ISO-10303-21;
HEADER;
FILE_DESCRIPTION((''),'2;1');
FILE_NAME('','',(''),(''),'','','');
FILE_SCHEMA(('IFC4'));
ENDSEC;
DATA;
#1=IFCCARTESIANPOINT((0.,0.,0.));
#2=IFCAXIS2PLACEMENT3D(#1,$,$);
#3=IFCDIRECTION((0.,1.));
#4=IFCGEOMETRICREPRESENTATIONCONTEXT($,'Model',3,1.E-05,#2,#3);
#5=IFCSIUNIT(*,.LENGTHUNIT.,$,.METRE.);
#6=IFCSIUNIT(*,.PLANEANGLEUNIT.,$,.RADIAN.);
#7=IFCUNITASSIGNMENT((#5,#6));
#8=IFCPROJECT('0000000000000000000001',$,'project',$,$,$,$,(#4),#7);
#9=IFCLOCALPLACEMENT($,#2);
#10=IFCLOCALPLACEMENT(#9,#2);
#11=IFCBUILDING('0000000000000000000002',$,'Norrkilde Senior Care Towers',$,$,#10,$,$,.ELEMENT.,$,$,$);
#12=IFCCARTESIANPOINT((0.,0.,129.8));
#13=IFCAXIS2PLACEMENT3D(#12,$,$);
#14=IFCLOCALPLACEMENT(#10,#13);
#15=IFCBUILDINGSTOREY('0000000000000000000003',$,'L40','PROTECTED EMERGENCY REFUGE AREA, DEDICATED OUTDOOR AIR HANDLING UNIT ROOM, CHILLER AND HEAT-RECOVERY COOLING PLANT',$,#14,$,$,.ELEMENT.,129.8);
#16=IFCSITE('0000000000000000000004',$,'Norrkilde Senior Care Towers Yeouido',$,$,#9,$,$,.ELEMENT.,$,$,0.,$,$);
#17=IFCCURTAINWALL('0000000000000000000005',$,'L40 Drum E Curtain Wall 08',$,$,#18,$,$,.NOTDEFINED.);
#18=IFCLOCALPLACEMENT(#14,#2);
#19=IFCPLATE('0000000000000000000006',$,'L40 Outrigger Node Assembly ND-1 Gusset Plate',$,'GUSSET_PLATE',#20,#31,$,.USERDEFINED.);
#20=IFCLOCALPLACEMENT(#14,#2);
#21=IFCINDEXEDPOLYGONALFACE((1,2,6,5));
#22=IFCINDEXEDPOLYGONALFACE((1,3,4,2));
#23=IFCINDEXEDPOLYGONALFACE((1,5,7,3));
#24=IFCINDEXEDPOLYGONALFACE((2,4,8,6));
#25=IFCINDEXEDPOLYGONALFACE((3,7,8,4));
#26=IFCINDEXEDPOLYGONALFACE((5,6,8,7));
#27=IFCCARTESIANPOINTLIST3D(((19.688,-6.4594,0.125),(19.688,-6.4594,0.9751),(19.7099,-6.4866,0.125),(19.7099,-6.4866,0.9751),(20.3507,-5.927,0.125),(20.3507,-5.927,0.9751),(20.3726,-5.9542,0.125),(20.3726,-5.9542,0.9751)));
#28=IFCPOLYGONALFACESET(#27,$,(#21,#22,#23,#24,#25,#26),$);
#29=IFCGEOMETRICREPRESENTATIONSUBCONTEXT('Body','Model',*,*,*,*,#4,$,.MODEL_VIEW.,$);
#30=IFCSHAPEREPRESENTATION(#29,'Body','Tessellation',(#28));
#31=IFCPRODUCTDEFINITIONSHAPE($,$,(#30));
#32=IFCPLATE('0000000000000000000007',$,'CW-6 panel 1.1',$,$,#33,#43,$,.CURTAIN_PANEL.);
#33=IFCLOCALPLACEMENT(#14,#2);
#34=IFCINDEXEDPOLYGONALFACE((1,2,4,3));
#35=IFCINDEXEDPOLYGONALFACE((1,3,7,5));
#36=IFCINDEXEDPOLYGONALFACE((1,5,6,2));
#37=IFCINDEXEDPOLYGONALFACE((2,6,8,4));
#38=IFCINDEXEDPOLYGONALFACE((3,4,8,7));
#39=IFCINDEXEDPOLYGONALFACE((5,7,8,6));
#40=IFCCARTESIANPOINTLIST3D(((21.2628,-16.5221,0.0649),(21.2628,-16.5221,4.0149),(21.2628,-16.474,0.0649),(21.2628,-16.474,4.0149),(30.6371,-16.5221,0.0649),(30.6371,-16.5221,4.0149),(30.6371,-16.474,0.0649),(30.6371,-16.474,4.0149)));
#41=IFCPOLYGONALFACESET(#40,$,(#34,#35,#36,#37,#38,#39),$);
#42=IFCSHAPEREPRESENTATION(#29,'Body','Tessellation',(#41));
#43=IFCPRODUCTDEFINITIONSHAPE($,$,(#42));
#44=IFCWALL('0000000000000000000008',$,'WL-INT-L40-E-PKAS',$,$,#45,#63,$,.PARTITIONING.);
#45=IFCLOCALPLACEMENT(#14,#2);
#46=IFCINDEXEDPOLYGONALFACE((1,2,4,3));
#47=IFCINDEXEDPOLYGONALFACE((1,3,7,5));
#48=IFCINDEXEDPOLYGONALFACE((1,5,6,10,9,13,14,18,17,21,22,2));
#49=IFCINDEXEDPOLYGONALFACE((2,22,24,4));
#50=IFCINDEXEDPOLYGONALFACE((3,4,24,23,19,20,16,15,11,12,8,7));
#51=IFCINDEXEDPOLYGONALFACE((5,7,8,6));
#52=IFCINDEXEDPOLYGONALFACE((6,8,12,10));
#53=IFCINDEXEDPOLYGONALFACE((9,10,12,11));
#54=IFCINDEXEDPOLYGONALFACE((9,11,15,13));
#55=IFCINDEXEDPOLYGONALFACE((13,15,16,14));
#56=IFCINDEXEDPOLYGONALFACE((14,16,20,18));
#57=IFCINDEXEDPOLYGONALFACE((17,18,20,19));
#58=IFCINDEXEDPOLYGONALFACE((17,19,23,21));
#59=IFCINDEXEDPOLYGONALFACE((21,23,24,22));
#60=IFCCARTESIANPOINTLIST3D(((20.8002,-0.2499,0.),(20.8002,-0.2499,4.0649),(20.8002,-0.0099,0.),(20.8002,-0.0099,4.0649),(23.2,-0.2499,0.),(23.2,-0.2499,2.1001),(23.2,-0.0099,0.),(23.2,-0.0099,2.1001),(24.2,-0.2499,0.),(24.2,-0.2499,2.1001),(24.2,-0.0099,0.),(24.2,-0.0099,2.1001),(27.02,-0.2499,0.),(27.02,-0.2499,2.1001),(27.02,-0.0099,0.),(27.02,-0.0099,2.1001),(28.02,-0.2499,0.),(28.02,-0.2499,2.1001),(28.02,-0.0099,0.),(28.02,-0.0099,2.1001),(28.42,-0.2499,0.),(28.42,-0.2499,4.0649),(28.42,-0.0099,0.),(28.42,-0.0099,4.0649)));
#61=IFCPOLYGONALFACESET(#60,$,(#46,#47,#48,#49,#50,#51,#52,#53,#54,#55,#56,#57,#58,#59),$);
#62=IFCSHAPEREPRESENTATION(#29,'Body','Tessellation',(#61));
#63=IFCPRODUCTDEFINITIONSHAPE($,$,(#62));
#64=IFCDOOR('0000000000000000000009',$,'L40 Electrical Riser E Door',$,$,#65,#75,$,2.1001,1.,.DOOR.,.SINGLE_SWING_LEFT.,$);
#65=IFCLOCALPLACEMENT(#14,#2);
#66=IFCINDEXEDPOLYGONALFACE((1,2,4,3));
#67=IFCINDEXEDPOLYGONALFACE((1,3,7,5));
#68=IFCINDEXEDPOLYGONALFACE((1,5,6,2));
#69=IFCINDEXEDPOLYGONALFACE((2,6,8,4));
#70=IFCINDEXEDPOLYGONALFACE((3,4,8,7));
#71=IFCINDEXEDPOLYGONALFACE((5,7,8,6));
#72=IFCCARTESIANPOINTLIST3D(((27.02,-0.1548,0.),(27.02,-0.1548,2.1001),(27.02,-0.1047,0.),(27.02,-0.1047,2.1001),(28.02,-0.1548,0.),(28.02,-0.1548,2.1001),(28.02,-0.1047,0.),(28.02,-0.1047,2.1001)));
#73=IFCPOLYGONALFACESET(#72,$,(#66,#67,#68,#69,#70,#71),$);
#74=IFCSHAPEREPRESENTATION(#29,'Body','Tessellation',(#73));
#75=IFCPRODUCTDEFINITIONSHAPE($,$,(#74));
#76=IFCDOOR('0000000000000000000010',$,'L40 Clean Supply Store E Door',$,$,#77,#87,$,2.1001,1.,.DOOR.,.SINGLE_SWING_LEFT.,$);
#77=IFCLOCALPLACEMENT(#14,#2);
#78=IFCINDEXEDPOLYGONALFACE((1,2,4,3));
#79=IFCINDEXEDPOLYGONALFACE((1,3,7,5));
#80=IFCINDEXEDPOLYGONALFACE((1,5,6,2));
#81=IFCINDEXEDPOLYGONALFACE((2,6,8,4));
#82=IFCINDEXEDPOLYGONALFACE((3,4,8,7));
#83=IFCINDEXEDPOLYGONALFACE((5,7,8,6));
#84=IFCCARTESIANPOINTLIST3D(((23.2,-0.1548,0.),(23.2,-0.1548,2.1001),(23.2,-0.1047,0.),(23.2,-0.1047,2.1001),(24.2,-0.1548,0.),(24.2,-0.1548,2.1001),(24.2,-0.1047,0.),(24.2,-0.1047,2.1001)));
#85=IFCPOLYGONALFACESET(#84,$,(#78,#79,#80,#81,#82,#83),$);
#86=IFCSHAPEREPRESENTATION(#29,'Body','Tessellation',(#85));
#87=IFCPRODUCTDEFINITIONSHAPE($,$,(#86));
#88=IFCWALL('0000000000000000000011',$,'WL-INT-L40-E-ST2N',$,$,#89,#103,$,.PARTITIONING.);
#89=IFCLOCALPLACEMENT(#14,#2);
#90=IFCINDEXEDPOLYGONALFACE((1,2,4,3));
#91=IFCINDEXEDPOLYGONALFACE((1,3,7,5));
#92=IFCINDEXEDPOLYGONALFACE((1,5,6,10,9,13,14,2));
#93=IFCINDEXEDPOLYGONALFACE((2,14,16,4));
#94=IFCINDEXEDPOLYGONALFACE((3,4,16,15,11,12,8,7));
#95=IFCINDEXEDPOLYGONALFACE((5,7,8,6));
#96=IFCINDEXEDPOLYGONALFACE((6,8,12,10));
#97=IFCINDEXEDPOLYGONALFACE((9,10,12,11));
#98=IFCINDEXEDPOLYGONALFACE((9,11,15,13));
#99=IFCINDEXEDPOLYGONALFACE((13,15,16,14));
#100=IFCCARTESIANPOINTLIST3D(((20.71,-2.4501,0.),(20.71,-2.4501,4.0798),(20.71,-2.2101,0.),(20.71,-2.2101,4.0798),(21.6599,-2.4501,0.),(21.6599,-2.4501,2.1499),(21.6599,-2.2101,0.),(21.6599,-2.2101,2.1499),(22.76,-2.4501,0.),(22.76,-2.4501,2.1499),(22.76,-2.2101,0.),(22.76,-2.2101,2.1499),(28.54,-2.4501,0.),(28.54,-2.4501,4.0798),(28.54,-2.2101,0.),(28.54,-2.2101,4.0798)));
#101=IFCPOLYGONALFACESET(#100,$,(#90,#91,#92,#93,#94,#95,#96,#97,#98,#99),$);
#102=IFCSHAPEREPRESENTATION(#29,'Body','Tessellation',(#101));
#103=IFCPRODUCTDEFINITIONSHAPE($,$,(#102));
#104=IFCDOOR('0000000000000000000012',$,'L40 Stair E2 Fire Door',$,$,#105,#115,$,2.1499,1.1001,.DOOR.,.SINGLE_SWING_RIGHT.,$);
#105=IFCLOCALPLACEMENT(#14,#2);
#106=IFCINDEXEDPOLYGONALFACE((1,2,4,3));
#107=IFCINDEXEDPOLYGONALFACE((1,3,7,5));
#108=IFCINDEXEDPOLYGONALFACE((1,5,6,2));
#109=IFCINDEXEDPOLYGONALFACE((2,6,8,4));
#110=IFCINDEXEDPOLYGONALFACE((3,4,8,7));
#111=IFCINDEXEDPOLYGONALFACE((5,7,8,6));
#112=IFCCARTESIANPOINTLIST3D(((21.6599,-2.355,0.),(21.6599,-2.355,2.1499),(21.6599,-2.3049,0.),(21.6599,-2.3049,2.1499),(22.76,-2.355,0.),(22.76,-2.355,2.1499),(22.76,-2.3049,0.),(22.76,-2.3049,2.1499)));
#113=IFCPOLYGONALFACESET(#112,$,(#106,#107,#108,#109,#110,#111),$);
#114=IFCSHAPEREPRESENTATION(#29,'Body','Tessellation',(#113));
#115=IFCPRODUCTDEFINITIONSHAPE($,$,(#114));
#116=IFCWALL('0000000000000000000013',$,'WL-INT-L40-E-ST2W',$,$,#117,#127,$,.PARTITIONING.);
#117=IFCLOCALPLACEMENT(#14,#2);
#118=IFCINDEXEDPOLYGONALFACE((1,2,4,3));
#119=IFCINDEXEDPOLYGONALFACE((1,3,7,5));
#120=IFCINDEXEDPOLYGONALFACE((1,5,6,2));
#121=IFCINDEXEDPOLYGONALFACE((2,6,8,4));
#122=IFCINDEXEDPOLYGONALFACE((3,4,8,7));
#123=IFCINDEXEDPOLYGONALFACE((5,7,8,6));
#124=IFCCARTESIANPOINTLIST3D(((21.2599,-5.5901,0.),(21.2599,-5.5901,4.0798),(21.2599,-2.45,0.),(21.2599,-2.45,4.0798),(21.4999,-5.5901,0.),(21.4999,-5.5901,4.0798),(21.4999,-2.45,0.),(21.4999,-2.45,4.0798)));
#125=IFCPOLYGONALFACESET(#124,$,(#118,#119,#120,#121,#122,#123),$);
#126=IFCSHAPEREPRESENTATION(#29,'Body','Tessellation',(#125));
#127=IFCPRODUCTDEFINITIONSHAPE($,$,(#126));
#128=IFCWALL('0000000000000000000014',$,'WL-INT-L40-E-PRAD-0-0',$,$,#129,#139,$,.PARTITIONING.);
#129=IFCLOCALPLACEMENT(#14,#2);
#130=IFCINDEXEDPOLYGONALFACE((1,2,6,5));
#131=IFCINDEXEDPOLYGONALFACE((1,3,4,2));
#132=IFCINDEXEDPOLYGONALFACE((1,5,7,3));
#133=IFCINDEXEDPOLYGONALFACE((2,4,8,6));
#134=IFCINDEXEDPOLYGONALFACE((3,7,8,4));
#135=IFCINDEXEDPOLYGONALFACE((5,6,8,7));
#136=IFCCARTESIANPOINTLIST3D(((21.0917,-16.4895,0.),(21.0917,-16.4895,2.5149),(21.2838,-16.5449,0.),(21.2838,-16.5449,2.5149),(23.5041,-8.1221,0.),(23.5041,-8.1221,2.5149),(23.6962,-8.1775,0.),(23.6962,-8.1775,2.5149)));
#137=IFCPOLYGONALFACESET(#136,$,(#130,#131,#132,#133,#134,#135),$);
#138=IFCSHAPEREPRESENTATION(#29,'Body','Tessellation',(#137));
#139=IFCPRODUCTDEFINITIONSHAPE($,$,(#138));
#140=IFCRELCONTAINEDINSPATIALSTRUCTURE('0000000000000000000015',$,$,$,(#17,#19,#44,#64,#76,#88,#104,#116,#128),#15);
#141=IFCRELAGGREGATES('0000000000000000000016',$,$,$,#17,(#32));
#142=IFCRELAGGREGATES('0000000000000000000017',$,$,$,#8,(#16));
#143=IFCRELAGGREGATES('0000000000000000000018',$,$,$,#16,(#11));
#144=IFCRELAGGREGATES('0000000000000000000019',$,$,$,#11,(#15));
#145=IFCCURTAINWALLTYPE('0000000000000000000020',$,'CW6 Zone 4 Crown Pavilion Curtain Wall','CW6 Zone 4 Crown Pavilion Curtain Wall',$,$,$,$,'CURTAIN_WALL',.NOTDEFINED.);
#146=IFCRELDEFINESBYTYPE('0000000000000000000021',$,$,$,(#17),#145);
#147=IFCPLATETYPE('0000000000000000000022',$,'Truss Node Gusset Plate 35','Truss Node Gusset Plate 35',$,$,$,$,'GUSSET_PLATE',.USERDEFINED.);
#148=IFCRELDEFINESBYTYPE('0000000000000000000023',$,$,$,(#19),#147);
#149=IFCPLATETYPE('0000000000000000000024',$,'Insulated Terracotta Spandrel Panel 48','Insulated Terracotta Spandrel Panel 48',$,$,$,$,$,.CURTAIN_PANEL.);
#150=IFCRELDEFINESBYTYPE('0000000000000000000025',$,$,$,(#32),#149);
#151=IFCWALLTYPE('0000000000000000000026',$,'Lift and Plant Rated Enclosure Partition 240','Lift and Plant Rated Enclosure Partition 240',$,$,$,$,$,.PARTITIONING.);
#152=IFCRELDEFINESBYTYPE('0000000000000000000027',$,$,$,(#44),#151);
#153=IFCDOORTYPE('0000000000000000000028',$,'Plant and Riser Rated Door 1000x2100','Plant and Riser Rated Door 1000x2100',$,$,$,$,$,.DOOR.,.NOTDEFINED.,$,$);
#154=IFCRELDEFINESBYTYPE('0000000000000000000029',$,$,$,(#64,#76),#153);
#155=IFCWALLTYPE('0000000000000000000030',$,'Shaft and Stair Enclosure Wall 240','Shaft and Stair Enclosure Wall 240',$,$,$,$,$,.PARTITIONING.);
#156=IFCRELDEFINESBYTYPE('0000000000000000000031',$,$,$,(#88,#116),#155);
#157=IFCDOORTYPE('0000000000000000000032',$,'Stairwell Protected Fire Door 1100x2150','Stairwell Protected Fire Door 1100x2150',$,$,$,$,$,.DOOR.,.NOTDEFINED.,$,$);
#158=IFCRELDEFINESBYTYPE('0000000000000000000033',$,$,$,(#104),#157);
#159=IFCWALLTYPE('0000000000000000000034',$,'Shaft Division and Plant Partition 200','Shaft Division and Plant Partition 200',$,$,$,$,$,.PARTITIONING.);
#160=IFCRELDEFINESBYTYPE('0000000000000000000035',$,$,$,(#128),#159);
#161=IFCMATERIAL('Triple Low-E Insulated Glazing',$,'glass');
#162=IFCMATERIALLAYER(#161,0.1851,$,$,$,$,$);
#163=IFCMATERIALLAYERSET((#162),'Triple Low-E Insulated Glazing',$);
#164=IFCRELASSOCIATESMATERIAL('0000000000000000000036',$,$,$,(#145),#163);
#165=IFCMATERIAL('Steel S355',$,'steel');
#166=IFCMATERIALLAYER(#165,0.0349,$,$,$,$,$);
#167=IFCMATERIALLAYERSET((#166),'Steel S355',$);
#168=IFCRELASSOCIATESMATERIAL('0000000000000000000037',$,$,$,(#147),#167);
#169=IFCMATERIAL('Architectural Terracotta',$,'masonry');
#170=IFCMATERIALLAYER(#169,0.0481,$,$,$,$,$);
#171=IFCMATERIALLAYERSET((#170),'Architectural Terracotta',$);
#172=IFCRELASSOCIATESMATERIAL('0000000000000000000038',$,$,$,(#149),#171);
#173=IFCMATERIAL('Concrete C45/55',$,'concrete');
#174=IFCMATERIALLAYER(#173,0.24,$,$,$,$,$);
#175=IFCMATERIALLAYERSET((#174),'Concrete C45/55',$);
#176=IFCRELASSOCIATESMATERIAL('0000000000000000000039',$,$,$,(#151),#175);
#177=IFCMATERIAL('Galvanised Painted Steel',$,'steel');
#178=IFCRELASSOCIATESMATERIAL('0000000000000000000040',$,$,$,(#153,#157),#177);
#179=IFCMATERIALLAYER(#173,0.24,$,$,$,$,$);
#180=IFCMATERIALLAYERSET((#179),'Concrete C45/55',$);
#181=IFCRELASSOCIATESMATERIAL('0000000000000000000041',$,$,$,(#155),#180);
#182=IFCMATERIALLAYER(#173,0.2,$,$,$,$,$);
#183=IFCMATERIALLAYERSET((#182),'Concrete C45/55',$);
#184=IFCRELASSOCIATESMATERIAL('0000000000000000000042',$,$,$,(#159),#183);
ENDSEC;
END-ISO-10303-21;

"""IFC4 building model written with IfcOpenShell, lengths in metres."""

from ifc_helpers import new_model, si_unit, direction, frame, frame_2d, origin, origin_2d, place, context, subcontext, project, spatial, rectangle, extrude, source, transform, mapped, material, layer, layer_set, type_object, type_shapes, element, fill, aggregate, save


model = new_model("IFC4")

# Units and contexts
model_context = context("Model", 3, precision=1e-05, world=origin(), true_north=direction((0.0, 1.0)))
body_context = subcontext(model_context, "Body", "Model", "MODEL_VIEW")
ifc_project = project(units=[si_unit("LENGTHUNIT", "METRE"), si_unit("PLANEANGLEUNIT", "RADIAN")], contexts=[model_context])

# Site, building, storey
site_placement = place(None, origin())
site = spatial("IfcSite", under=ifc_project, at=site_placement, Name="Norrkilde Senior Care Towers Yeouido", CompositionType="ELEMENT", RefElevation=0.0)
building_placement = place(site_placement, origin())
building = spatial("IfcBuilding", under=site, at=building_placement, Name="Norrkilde Senior Care Towers", CompositionType="ELEMENT")
storey_placement = place(building_placement, frame((0.0, 0.0, 129.8)))
storey = spatial("IfcBuildingStorey", under=building, at=storey_placement, Name="L40", Description="PROTECTED EMERGENCY REFUGE AREA, DEDICATED OUTDOOR AIR HANDLING UNIT ROOM, CHILLER AND HEAT-RECOVERY COOLING PLANT", CompositionType="ELEMENT", Elevation=129.8)

# Shared definitions
ifc_material_1 = material(Name="Steel S355", Category="steel")

# Curtain wall
ifc_material_2 = material(Name="Triple Low-E Insulated Glazing", Category="glass")
ifc_layer_1 = layer(ifc_material_2, 0.1851)
ifc_layer_set_1 = layer_set([ifc_layer_1], Name="Triple Low-E Insulated Glazing")
curtain_wall_type = type_object("IfcCurtainWallType", Name="CW6 Zone 4 Crown Pavilion Curtain Wall", Description="CW6 Zone 4 Crown Pavilion Curtain Wall", ElementType="CURTAIN_WALL", PredefinedType="NOTDEFINED", material=ifc_layer_set_1)
curtain_wall_1_placement = place(storey_placement, origin())
curtain_wall_1 = element("IfcCurtainWall", 1, at=curtain_wall_1_placement, inside=storey, type_object=curtain_wall_type, Name="L40 Drum E Curtain Wall 08", PredefinedType="NOTDEFINED")

# Plates
ifc_layer_2 = layer(ifc_material_1, 0.0349)
ifc_layer_set_2 = layer_set([ifc_layer_2], Name="Steel S355")
plate_type_1 = type_object("IfcPlateType", Name="Truss Node Gusset Plate 35", Description="Truss Node Gusset Plate 35", ElementType="GUSSET_PLATE", PredefinedType="USERDEFINED", material=ifc_layer_set_2)
shared_shape_1 = source(origin(), body_context, "Body", "SweptSolid", [
    extrude(rectangle(XDim=0.8501, YDim=0.0349, at=origin_2d()), origin(), (0.0, 0.0, 1.0), 0.8501),
])
type_shapes(plate_type_1, [shared_shape_1])
plate_1_placement = place(storey_placement, frame((20.0303, -6.2068, 0.125), z_axis=(0.0, 0.0, 1.0), x_axis=(-0.779572, -0.626313, 0.0)))
element("IfcPlate", 2, at=plate_1_placement, inside=storey, type_object=plate_type_1, Name="L40 Outrigger Node Assembly ND-1 Gusset Plate", ObjectType="GUSSET_PLATE", PredefinedType="USERDEFINED", context=body_context, shape_type="MappedRepresentation", body=[
    mapped(shared_shape_1, transform((0.0, 0.0, 0.0), x_axis=(1.0, 0.0, 0.0), y_axis=(0.0, 1.0, 0.0), z_axis=(0.0, 0.0, 1.0), scale=1.0)),
])
ifc_material_3 = material(Name="Architectural Terracotta", Category="masonry")
ifc_layer_3 = layer(ifc_material_3, 0.0481)
ifc_layer_set_3 = layer_set([ifc_layer_3], Name="Architectural Terracotta")
plate_type_2 = type_object("IfcPlateType", Name="Insulated Terracotta Spandrel Panel 48", Description="Insulated Terracotta Spandrel Panel 48", PredefinedType="CURTAIN_PANEL", material=ifc_layer_set_3)
shared_shape_2 = source(origin(), body_context, "Body", "SweptSolid", [
    extrude(rectangle(XDim=9.3743, YDim=0.0481, at=origin_2d()), origin(), (0.0, 0.0, 1.0), 3.95),
])
type_shapes(plate_type_2, [shared_shape_2])
plate_2_placement = place(storey_placement, frame((25.95, -16.498, 0.0649), z_axis=(0.0, 0.0, 1.0), x_axis=(-1.0, 0.0, 0.0)))
plate_2 = element("IfcPlate", 3, at=plate_2_placement, type_object=plate_type_2, Name="CW-6 panel 1.1", PredefinedType="CURTAIN_PANEL", context=body_context, shape_type="MappedRepresentation", body=[
    mapped(shared_shape_2, transform((0.0, 0.0, 0.0), x_axis=(1.0, 0.0, 0.0), y_axis=(0.0, 1.0, 0.0), z_axis=(0.0, 0.0, 1.0), scale=1.0)),
])
aggregate(curtain_wall_1, [plate_2])

# Shared definitions
ifc_material_4 = material(Name="Galvanised Painted Steel", Category="steel")

# Wall, openings, doors
ifc_material_5 = material(Name="Concrete C45/55", Category="concrete")
ifc_layer_4 = layer(ifc_material_5, 0.24)
ifc_layer_set_4 = layer_set([ifc_layer_4], Name="Concrete C45/55")
wall_type_1 = type_object("IfcWallType", Name="Lift and Plant Rated Enclosure Partition 240", Description="Lift and Plant Rated Enclosure Partition 240", PredefinedType="PARTITIONING", material=ifc_layer_set_4)
shared_shape_3 = source(origin(), body_context, "Body", "SweptSolid", [
    extrude(rectangle(XDim=7.6199, YDim=0.24, at=frame_2d((3.8101, 0.0))), origin(), (0.0, 0.0, 1.0), 4.0649),
])
type_shapes(wall_type_1, [shared_shape_3])
wall_1_placement = place(storey_placement, frame((20.8, -0.1299, 0.0), z_axis=(0.0, 0.0, 1.0), x_axis=(1.0, 0.0, 0.0)))
wall_1 = element("IfcWall", 4, at=wall_1_placement, inside=storey, type_object=wall_type_1, Name="WL-INT-L40-E-PKAS", PredefinedType="PARTITIONING", context=body_context, shape_type="MappedRepresentation", body=[
    mapped(shared_shape_3, transform((0.0, 0.0, 0.0), x_axis=(1.0, 0.0, 0.0), y_axis=(0.0, 1.0, 0.0), z_axis=(0.0, 0.0, 1.0), scale=1.0)),
])
opening_1_placement = place(wall_1_placement, frame((6.22, 0.0, 0.0)))
opening_1 = element("IfcOpeningElement", 5, at=opening_1_placement, cuts=wall_1, PredefinedType="OPENING", context=body_context, shape_type="SweptSolid", body=[
    extrude(rectangle(XDim=1.0, YDim=2.1001, at=frame_2d((0.5, 1.05))), frame((0.0, 0.1299, 0.0), z_axis=(0.0, -1.0, 0.0), x_axis=(1.0, 0.0, 0.0)), (0.0, 0.0, 1.0), 0.26),
])
opening_2_placement = place(wall_1_placement, frame((2.3999, 0.0, 0.0)))
opening_2 = element("IfcOpeningElement", 6, at=opening_2_placement, cuts=wall_1, PredefinedType="OPENING", context=body_context, shape_type="SweptSolid", body=[
    extrude(rectangle(XDim=1.0, YDim=2.1001, at=frame_2d((0.5, 1.05))), frame((0.0, 0.1299, 0.0), z_axis=(0.0, -1.0, 0.0), x_axis=(1.0, 0.0, 0.0)), (0.0, 0.0, 1.0), 0.26),
])
door_type_1 = type_object("IfcDoorType", Name="Plant and Riser Rated Door 1000x2100", Description="Plant and Riser Rated Door 1000x2100", OperationType="NOTDEFINED", PredefinedType="DOOR", material=ifc_material_4)
shared_shape_4 = source(origin(), body_context, "Body", "SweptSolid", [
    extrude(rectangle(XDim=1.0, YDim=2.1001, at=frame_2d((0.5, 1.05))), frame((0.0, 0.0249, 0.0), z_axis=(0.0, -1.0, 0.0), x_axis=(1.0, 0.0, 0.0)), (0.0, 0.0, 1.0), 0.05),
])
type_shapes(door_type_1, [shared_shape_4])
door_1_placement = place(opening_1_placement, frame((1.0, 0.0, 0.0), z_axis=(0.0, 0.0, 1.0), x_axis=(-1.0, 0.0, 0.0)))
door_1 = element("IfcDoor", 7, at=door_1_placement, inside=storey, type_object=door_type_1, Name="L40 Electrical Riser E Door", OperationType="SINGLE_SWING_LEFT", OverallHeight=2.1001, OverallWidth=1.0, PredefinedType="DOOR", context=body_context, shape_type="MappedRepresentation", body=[
    mapped(shared_shape_4, transform((0.0, 0.0, 0.0), x_axis=(1.0, 0.0, 0.0), y_axis=(0.0, 1.0, 0.0), z_axis=(0.0, 0.0, 1.0), scale=1.0)),
])
fill(opening_1, door_1)
door_2_placement = place(opening_2_placement, frame((1.0, 0.0, 0.0), z_axis=(0.0, 0.0, 1.0), x_axis=(-1.0, 0.0, 0.0)))
door_2 = element("IfcDoor", 8, at=door_2_placement, inside=storey, type_object=door_type_1, Name="L40 Clean Supply Store E Door", OperationType="SINGLE_SWING_LEFT", OverallHeight=2.1001, OverallWidth=1.0, PredefinedType="DOOR", context=body_context, shape_type="MappedRepresentation", body=[
    mapped(shared_shape_4, transform((0.0, 0.0, 0.0), x_axis=(1.0, 0.0, 0.0), y_axis=(0.0, 1.0, 0.0), z_axis=(0.0, 0.0, 1.0), scale=1.0)),
])
fill(opening_2, door_2)

# Wall, opening, door
ifc_layer_5 = layer(ifc_material_5, 0.24)
ifc_layer_set_5 = layer_set([ifc_layer_5], Name="Concrete C45/55")
wall_type_2 = type_object("IfcWallType", Name="Shaft and Stair Enclosure Wall 240", Description="Shaft and Stair Enclosure Wall 240", PredefinedType="PARTITIONING", material=ifc_layer_set_5)
shared_shape_5 = source(origin(), body_context, "Body", "SweptSolid", [
    extrude(rectangle(XDim=7.8301, YDim=0.24, at=frame_2d((3.915, 0.0))), origin(), (0.0, 0.0, 1.0), 4.0798),
])
wall_2_placement = place(storey_placement, frame((20.71, -2.3301, 0.0), z_axis=(0.0, 0.0, 1.0), x_axis=(1.0, 0.0, 0.0)))
wall_2 = element("IfcWall", 9, at=wall_2_placement, inside=storey, type_object=wall_type_2, Name="WL-INT-L40-E-ST2N", PredefinedType="PARTITIONING", context=body_context, shape_type="MappedRepresentation", body=[
    mapped(shared_shape_5, transform((0.0, 0.0, 0.0), x_axis=(1.0, 0.0, 0.0), y_axis=(0.0, 1.0, 0.0), z_axis=(0.0, 0.0, 1.0), scale=1.0)),
])
opening_3_placement = place(wall_2_placement, frame((0.95, 0.0, 0.0)))
opening_3 = element("IfcOpeningElement", 10, at=opening_3_placement, cuts=wall_2, PredefinedType="OPENING", context=body_context, shape_type="SweptSolid", body=[
    extrude(rectangle(XDim=1.1001, YDim=2.1499, at=frame_2d((0.55, 1.075))), frame((0.0, 0.1299, 0.0), z_axis=(0.0, -1.0, 0.0), x_axis=(1.0, 0.0, 0.0)), (0.0, 0.0, 1.0), 0.26),
])
door_type_2 = type_object("IfcDoorType", Name="Stairwell Protected Fire Door 1100x2150", Description="Stairwell Protected Fire Door 1100x2150", OperationType="NOTDEFINED", PredefinedType="DOOR", material=ifc_material_4)
shared_shape_6 = source(origin(), body_context, "Body", "SweptSolid", [
    extrude(rectangle(XDim=1.1001, YDim=2.1499, at=frame_2d((0.55, 1.075))), frame((0.0, 0.0249, 0.0), z_axis=(0.0, -1.0, 0.0), x_axis=(1.0, 0.0, 0.0)), (0.0, 0.0, 1.0), 0.05),
])
type_shapes(door_type_2, [shared_shape_6])
door_3_placement = place(opening_3_placement, frame((1.1001, 0.0, 0.0), z_axis=(0.0, 0.0, 1.0), x_axis=(-1.0, 0.0, 0.0)))
door_3 = element("IfcDoor", 11, at=door_3_placement, inside=storey, type_object=door_type_2, Name="L40 Stair E2 Fire Door", OperationType="SINGLE_SWING_RIGHT", OverallHeight=2.1499, OverallWidth=1.1001, PredefinedType="DOOR", context=body_context, shape_type="MappedRepresentation", body=[
    mapped(shared_shape_6, transform((0.0, 0.0, 0.0), x_axis=(1.0, 0.0, 0.0), y_axis=(0.0, 1.0, 0.0), z_axis=(0.0, 0.0, 1.0), scale=1.0)),
])
fill(opening_3, door_3)

# Walls
shared_shape_7 = source(origin(), body_context, "Body", "SweptSolid", [
    extrude(rectangle(XDim=3.1401, YDim=0.24, at=frame_2d((1.5701, 0.0))), origin(), (0.0, 0.0, 1.0), 4.0798),
])
type_shapes(wall_type_2, [shared_shape_5, shared_shape_7])
wall_3_placement = place(storey_placement, frame((21.3799, -5.5901, 0.0), z_axis=(0.0, 0.0, 1.0), x_axis=(0.0, 1.0, 0.0)))
element("IfcWall", 12, at=wall_3_placement, inside=storey, type_object=wall_type_2, Name="WL-INT-L40-E-ST2W", PredefinedType="PARTITIONING", context=body_context, shape_type="MappedRepresentation", body=[
    mapped(shared_shape_7, transform((0.0, 0.0, 0.0), x_axis=(1.0, 0.0, 0.0), y_axis=(0.0, 1.0, 0.0), z_axis=(0.0, 0.0, 1.0), scale=1.0)),
])
ifc_layer_6 = layer(ifc_material_5, 0.2)
ifc_layer_set_6 = layer_set([ifc_layer_6], Name="Concrete C45/55")
wall_type_3 = type_object("IfcWallType", Name="Shaft Division and Plant Partition 200", Description="Shaft Division and Plant Partition 200", PredefinedType="PARTITIONING", material=ifc_layer_set_6)
shared_shape_8 = source(origin(), body_context, "Body", "SweptSolid", [
    extrude(rectangle(XDim=8.7083, YDim=0.2, at=frame_2d((4.354, 0.0))), origin(), (0.0, 0.0, 1.0), 2.5149),
])
type_shapes(wall_type_3, [shared_shape_8])
wall_4_placement = place(storey_placement, frame((23.6001, -8.1499, 0.0), z_axis=(0.0, 0.0, 1.0), x_axis=(-0.27702, -0.960864, 0.0)))
element("IfcWall", 13, at=wall_4_placement, inside=storey, type_object=wall_type_3, Name="WL-INT-L40-E-PRAD-0-0", PredefinedType="PARTITIONING", context=body_context, shape_type="MappedRepresentation", body=[
    mapped(shared_shape_8, transform((0.0, 0.0, 0.0), x_axis=(1.0, 0.0, 0.0), y_axis=(0.0, 1.0, 0.0), z_axis=(0.0, 0.0, 1.0), scale=1.0)),
])

save(model, "model.ifc")
